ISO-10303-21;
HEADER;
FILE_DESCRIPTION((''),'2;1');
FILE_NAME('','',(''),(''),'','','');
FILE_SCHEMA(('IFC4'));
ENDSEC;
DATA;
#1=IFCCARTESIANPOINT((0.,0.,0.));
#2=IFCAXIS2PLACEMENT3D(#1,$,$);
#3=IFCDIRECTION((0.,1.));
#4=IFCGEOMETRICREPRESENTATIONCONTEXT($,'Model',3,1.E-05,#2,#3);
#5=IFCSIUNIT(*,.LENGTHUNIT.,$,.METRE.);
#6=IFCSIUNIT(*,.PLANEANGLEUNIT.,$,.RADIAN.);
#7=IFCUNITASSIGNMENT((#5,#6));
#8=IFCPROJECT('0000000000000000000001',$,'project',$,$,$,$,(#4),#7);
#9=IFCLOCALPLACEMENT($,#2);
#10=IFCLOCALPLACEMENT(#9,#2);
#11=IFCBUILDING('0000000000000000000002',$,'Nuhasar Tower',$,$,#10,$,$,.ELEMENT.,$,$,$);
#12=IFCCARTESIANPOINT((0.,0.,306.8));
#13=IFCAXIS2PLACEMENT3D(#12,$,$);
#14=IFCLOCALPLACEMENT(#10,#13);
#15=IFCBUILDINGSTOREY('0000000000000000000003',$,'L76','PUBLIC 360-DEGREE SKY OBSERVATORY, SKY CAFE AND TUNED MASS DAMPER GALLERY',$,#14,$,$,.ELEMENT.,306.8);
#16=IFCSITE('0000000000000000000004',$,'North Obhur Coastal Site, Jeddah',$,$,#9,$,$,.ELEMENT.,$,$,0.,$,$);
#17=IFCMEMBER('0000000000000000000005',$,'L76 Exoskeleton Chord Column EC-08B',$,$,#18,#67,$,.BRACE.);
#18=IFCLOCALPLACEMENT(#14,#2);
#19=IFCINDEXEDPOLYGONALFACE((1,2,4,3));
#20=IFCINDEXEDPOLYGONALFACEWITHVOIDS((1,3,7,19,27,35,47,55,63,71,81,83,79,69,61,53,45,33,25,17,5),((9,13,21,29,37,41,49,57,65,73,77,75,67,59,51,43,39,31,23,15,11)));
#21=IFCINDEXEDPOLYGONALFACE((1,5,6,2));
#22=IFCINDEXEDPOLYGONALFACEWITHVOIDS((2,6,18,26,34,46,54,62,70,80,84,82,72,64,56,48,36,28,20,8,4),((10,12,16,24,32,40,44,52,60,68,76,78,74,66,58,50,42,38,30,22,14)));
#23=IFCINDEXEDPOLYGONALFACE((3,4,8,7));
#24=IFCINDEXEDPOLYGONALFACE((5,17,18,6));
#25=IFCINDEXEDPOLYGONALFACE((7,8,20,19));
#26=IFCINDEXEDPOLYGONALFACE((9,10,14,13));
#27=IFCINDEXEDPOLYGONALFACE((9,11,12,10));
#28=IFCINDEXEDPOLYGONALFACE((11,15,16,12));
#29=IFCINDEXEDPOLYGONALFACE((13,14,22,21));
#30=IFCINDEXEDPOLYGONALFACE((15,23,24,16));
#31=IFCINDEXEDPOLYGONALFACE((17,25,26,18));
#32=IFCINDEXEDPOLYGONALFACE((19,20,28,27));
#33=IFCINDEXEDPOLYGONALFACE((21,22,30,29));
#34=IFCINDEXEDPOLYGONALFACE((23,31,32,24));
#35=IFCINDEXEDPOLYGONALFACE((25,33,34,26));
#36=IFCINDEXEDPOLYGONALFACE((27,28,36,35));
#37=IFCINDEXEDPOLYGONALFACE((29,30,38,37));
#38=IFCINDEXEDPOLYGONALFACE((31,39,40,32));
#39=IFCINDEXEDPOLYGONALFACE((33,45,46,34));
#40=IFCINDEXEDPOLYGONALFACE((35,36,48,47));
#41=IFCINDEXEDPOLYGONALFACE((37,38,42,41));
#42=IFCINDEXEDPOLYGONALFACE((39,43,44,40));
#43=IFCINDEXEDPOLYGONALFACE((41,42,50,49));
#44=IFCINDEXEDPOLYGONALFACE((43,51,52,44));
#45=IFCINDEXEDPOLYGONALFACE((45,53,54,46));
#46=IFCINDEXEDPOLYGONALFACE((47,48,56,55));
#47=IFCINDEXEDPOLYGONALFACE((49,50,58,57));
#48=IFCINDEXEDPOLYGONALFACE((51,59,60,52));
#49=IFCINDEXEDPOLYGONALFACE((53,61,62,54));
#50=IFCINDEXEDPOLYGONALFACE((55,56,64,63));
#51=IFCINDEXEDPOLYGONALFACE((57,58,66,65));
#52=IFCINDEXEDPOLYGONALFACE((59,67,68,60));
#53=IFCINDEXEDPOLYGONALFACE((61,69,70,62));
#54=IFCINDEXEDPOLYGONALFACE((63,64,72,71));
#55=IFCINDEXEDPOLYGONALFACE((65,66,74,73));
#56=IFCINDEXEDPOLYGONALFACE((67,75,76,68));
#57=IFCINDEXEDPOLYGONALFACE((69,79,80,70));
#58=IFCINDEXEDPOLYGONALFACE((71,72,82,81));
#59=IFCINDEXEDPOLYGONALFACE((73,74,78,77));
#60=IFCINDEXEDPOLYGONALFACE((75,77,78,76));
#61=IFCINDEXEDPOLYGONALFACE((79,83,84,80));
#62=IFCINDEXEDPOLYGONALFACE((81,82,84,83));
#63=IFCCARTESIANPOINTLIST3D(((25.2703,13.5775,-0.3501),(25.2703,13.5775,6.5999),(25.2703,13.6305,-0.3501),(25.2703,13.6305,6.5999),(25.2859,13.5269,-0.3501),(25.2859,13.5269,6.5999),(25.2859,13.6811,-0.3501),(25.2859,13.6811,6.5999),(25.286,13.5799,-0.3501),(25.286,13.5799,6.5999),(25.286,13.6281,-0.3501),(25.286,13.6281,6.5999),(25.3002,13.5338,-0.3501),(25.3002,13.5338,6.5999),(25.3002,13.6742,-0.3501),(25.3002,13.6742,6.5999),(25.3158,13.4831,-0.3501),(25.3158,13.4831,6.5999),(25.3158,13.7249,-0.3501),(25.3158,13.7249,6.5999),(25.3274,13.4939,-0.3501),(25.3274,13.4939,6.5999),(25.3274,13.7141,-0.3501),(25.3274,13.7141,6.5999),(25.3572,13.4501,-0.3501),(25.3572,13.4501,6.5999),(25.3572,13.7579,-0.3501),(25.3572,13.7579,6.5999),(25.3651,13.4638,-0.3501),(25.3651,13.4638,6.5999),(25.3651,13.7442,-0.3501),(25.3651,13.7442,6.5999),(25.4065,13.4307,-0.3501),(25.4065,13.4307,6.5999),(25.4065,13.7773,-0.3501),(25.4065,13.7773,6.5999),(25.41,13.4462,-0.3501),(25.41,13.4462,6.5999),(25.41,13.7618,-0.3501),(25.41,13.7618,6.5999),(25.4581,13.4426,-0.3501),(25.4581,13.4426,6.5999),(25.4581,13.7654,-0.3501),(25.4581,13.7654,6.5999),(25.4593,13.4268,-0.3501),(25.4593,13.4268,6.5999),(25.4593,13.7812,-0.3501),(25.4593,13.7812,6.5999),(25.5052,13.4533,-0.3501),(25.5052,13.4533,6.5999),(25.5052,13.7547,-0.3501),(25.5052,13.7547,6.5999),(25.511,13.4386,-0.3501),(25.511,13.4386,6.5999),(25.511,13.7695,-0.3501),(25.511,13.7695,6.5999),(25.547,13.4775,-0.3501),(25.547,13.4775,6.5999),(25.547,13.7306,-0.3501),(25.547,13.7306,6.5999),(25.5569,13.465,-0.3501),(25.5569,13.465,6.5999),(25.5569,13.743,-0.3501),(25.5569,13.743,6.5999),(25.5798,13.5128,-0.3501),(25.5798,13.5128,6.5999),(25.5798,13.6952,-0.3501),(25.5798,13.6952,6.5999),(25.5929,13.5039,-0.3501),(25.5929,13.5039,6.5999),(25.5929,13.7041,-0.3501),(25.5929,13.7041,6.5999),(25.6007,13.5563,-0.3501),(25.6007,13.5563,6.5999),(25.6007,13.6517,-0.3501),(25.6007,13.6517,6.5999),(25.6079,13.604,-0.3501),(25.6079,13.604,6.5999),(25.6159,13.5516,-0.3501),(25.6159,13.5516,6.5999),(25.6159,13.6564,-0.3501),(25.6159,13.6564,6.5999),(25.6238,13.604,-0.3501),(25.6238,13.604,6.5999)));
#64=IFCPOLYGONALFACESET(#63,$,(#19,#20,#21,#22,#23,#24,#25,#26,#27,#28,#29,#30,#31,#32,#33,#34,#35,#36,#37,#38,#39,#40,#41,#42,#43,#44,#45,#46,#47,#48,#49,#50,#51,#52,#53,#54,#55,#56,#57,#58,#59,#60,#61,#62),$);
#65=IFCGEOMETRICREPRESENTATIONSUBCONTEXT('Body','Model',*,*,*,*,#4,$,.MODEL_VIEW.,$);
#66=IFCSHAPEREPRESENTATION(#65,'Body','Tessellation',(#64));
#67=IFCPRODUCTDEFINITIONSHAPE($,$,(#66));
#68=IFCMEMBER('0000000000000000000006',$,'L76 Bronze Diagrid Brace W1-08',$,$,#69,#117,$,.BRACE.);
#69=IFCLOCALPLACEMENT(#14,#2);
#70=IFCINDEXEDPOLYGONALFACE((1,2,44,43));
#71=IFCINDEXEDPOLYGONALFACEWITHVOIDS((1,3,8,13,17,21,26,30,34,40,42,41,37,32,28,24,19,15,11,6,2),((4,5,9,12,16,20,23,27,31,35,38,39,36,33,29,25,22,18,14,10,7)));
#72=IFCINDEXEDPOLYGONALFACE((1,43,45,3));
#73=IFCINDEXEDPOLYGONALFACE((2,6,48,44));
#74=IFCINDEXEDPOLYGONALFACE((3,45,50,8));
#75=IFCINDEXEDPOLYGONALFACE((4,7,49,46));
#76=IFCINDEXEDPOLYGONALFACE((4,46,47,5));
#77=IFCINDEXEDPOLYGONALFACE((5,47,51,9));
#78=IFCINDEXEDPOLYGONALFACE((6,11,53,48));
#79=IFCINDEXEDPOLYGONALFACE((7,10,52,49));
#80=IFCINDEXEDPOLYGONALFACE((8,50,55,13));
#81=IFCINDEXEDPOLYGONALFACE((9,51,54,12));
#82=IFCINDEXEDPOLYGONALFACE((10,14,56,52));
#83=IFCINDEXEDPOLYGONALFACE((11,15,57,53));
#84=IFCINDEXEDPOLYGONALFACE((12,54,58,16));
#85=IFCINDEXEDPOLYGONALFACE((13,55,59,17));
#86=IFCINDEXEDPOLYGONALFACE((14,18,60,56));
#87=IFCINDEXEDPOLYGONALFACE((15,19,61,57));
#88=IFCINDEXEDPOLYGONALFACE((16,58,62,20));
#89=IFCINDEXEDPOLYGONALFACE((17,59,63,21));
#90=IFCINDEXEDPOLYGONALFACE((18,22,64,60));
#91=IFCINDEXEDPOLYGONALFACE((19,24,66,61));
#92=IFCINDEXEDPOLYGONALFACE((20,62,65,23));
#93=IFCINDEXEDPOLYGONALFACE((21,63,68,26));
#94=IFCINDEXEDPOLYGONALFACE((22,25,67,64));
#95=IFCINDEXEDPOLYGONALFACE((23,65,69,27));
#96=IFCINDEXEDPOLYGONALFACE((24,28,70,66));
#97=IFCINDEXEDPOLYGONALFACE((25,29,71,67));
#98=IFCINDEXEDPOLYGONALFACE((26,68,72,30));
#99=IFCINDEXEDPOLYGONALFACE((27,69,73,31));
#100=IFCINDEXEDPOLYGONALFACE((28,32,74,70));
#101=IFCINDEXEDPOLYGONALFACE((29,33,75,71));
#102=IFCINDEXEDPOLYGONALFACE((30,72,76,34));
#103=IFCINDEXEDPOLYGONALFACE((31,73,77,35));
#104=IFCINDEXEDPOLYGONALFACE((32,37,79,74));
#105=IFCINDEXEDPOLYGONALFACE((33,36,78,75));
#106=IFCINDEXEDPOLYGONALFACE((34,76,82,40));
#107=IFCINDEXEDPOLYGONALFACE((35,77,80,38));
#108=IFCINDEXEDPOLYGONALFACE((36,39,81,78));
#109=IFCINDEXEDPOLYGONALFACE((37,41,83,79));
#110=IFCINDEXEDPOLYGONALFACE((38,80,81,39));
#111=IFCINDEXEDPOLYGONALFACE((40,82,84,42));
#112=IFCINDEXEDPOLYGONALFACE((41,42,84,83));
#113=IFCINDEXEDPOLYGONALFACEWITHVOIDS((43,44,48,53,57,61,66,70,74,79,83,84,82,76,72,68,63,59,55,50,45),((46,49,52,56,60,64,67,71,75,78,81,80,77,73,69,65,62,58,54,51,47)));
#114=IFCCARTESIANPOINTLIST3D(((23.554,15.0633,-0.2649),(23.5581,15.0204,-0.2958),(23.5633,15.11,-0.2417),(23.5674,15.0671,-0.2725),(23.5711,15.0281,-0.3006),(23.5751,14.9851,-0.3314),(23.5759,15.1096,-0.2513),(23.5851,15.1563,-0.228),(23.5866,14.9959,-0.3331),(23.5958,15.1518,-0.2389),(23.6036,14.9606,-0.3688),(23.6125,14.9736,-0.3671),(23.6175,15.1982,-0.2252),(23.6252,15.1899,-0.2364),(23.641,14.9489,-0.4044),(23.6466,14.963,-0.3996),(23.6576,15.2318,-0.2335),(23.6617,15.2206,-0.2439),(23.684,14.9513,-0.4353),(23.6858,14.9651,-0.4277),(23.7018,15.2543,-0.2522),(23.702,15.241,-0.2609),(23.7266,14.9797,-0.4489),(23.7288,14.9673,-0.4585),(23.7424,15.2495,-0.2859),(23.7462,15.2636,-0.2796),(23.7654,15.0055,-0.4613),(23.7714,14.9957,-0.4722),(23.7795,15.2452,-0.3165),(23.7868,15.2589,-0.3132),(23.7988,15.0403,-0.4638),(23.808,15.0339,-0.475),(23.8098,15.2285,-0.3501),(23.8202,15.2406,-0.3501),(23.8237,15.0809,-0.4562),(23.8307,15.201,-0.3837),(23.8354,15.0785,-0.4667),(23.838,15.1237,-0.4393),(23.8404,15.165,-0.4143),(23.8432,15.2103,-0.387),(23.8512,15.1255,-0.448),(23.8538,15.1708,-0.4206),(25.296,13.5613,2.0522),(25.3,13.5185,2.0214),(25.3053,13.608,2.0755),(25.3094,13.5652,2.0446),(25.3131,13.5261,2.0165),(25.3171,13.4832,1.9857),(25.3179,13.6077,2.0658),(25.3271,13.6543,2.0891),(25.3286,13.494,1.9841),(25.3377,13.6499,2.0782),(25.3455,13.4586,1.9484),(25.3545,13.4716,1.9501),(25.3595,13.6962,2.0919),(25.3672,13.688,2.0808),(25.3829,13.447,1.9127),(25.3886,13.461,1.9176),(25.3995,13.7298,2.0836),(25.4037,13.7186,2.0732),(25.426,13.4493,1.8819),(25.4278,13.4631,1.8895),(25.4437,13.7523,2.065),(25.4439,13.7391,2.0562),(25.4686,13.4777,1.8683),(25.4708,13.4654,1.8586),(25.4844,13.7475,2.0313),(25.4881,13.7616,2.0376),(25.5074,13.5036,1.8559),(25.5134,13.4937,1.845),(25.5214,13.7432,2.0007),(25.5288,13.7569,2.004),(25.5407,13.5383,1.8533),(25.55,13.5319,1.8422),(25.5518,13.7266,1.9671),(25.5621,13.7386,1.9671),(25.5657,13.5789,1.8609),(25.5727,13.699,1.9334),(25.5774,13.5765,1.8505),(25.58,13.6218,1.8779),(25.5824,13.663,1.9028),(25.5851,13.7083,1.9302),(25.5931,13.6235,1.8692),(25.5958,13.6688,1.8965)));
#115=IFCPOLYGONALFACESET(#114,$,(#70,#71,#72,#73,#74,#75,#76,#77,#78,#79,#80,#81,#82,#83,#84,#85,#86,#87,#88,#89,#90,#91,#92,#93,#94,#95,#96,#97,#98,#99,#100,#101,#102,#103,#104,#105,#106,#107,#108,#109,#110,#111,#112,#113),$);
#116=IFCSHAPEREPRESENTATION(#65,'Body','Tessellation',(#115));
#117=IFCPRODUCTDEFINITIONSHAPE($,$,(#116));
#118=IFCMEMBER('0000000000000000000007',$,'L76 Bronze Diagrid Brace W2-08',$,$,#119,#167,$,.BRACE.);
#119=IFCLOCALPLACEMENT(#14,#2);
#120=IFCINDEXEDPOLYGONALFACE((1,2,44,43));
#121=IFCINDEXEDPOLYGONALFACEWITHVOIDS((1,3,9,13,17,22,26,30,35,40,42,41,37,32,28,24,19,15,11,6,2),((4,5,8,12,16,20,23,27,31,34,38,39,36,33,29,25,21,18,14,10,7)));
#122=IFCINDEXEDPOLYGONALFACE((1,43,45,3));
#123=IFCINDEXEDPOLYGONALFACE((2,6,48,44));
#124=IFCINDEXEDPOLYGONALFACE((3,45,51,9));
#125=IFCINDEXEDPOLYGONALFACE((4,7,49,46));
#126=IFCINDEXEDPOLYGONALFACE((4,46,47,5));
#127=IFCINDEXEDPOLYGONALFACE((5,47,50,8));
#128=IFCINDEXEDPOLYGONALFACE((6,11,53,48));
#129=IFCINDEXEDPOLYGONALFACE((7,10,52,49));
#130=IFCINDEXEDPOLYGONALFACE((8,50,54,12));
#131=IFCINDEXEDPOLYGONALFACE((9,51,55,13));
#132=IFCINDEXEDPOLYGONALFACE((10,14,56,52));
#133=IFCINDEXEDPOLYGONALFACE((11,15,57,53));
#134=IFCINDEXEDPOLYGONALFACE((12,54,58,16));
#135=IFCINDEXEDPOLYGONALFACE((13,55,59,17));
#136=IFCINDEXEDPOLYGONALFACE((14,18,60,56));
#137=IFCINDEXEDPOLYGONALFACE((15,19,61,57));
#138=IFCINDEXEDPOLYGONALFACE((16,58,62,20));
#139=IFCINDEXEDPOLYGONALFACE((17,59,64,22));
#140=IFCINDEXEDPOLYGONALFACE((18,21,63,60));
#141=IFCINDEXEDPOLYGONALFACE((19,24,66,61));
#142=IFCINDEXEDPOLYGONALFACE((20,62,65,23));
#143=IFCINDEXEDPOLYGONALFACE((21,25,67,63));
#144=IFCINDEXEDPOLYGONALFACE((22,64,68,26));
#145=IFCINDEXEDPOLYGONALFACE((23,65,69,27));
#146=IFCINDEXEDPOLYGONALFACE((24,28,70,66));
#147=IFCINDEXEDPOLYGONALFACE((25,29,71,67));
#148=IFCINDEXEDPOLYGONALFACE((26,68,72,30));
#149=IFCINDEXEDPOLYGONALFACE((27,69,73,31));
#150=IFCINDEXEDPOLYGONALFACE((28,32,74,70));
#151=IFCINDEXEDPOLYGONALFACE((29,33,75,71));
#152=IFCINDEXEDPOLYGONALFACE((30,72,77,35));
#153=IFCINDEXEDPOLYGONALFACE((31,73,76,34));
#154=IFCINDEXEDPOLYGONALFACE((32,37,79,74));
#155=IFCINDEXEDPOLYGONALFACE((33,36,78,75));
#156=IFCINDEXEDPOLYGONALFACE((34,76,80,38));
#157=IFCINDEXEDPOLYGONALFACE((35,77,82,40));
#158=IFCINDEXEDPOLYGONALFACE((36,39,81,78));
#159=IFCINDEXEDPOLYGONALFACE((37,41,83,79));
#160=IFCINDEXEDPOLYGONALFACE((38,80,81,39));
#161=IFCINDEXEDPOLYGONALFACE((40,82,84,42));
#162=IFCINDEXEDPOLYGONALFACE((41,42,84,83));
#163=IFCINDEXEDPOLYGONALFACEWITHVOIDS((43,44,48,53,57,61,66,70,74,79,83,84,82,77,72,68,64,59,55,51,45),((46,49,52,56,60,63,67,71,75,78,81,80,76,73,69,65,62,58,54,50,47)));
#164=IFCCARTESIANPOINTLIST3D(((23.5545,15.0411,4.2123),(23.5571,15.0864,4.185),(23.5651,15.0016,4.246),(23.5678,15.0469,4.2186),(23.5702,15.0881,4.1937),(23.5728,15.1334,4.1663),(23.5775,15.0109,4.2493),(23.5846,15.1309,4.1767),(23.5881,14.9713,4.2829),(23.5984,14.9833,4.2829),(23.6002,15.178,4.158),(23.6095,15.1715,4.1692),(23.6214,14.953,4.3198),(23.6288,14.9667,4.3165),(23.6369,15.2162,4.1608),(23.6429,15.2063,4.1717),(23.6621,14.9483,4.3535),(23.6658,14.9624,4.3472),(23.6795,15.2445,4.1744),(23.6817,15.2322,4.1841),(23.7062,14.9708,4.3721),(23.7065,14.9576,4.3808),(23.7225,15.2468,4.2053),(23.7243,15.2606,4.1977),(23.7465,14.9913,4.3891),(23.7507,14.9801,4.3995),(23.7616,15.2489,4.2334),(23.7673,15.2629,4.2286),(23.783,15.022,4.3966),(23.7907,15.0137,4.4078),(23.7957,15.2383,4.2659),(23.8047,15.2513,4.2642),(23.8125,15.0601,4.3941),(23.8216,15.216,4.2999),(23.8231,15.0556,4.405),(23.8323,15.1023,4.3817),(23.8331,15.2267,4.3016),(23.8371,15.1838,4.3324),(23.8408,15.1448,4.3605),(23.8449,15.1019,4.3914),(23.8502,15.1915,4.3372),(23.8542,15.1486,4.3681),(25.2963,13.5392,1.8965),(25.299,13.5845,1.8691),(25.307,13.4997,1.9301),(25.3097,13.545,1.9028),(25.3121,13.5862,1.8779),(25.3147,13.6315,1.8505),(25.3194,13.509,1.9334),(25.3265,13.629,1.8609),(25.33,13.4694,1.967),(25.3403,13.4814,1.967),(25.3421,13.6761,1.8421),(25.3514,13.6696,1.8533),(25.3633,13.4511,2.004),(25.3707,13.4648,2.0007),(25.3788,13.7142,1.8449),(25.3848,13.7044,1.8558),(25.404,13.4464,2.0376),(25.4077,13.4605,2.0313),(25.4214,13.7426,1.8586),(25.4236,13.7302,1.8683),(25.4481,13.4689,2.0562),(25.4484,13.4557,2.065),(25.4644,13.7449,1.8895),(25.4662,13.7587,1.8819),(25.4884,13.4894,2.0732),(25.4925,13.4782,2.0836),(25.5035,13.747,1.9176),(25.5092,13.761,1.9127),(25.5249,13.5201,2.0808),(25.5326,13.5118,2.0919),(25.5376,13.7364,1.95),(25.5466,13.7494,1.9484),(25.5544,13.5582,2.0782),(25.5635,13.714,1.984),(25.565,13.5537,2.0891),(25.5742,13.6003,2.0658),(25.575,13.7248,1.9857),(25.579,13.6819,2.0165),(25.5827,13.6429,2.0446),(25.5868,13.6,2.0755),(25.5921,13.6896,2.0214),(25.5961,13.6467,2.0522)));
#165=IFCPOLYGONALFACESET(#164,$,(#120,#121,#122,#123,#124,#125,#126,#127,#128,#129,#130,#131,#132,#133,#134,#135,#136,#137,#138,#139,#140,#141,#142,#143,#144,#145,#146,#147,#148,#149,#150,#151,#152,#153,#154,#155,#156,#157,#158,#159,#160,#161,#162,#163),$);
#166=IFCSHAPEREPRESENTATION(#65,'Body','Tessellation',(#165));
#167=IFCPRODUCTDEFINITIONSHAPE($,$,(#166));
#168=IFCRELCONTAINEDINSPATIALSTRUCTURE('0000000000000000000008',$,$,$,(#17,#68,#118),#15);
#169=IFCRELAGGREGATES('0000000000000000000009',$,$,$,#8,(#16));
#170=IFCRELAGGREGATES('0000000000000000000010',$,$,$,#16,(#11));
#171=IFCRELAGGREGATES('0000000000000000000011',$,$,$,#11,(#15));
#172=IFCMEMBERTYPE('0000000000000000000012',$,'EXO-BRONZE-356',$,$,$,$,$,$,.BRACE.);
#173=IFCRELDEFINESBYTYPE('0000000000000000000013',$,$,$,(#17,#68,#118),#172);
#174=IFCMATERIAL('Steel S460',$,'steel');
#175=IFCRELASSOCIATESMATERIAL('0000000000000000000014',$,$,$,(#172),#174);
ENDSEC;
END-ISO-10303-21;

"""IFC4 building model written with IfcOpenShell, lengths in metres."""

from ifc_helpers import new_model, si_unit, direction, frame, origin, origin_2d, place, context, subcontext, project, spatial, hollow_circle, extrude, material, material_profile, profile_set, type_object, element, save


model = new_model("IFC4")

# Units and contexts
model_context = context("Model", 3, precision=1e-05, world=origin(), true_north=direction((0.0, 1.0)))
body_context = subcontext(model_context, "Body", "Model", "MODEL_VIEW")
ifc_project = project(units=[si_unit("LENGTHUNIT", "METRE"), si_unit("PLANEANGLEUNIT", "RADIAN")], contexts=[model_context])

# Site, building, storey
site_placement = place(None, origin())
site = spatial("IfcSite", under=ifc_project, at=site_placement, Name="North Obhur Coastal Site, Jeddah", CompositionType="ELEMENT", RefElevation=0.0)
building_placement = place(site_placement, origin())
building = spatial("IfcBuilding", under=site, at=building_placement, Name="Nuhasar Tower", CompositionType="ELEMENT")
storey_placement = place(building_placement, frame((0.0, 0.0, 306.8)))
storey = spatial("IfcBuildingStorey", under=building, at=storey_placement, Name="L76", Description="PUBLIC 360-DEGREE SKY OBSERVATORY, SKY CAFE AND TUNED MASS DAMPER GALLERY", CompositionType="ELEMENT", Elevation=306.8)

# Shared definitions
ifc_material_1 = material(Name="Steel S460", Category="steel")

# Members
ifc_material_profile_1 = material_profile(ifc_material_1, hollow_circle(Radius=0.1777, WallThickness=0.0159, at=origin_2d()), Name="HSS355.6X15.9")
ifc_profile_set_1 = profile_set([ifc_material_profile_1], Name="Steel S460")
member_type_1 = type_object("IfcMemberType", Name="EXO-BRONZE-356", PredefinedType="BRACE", material=ifc_profile_set_1)
for number, where, z_axis, x_axis, name in (
    (1, (25.446, 13.604, -0.3501), (0.0, 0.0, 1.0), (1.0, 0.0, 0.0), "L76 Exoskeleton Chord Column EC-08B"),
):
    element("IfcMember", number, at=place(storey_placement, frame(where, z_axis=z_axis, x_axis=x_axis)), inside=storey, type_object=member_type_1, Name=name, PredefinedType="BRACE", context=body_context, shape_type="SweptSolid", body=[
        extrude(hollow_circle(Radius=0.1777, WallThickness=0.0159, at=origin_2d()), origin(), (0.0, 0.0, 1.0), 6.95),
    ])
member_1_placement = place(storey_placement, frame((23.7041, 15.106, -0.3501), z_axis=(0.533542, -0.460035, 0.709719), x_axis=(0.653009, 0.75735, 0.0)))
element("IfcMember", 2, at=member_1_placement, inside=storey, type_object=member_type_1, Name="L76 Bronze Diagrid Brace W1-08", PredefinedType="BRACE", context=body_context, shape_type="SweptSolid", body=[
    extrude(hollow_circle(Radius=0.1777, WallThickness=0.0159, at=origin_2d()), origin(), (0.0, 0.0, 1.0), 3.2649),
])
member_2_placement = place(storey_placement, frame((25.446, 13.604, 1.967), z_axis=(-0.533683, 0.460157, 0.709533), x_axis=(-0.653009, -0.75735, 0.0)))
element("IfcMember", 3, at=member_2_placement, inside=storey, type_object=member_type_1, Name="L76 Bronze Diagrid Brace W2-08", PredefinedType="BRACE", context=body_context, shape_type="SweptSolid", body=[
    extrude(hollow_circle(Radius=0.1777, WallThickness=0.0159, at=origin_2d()), origin(), (0.0, 0.0, 1.0), 3.2639),
])

save(model, "model.ifc")
